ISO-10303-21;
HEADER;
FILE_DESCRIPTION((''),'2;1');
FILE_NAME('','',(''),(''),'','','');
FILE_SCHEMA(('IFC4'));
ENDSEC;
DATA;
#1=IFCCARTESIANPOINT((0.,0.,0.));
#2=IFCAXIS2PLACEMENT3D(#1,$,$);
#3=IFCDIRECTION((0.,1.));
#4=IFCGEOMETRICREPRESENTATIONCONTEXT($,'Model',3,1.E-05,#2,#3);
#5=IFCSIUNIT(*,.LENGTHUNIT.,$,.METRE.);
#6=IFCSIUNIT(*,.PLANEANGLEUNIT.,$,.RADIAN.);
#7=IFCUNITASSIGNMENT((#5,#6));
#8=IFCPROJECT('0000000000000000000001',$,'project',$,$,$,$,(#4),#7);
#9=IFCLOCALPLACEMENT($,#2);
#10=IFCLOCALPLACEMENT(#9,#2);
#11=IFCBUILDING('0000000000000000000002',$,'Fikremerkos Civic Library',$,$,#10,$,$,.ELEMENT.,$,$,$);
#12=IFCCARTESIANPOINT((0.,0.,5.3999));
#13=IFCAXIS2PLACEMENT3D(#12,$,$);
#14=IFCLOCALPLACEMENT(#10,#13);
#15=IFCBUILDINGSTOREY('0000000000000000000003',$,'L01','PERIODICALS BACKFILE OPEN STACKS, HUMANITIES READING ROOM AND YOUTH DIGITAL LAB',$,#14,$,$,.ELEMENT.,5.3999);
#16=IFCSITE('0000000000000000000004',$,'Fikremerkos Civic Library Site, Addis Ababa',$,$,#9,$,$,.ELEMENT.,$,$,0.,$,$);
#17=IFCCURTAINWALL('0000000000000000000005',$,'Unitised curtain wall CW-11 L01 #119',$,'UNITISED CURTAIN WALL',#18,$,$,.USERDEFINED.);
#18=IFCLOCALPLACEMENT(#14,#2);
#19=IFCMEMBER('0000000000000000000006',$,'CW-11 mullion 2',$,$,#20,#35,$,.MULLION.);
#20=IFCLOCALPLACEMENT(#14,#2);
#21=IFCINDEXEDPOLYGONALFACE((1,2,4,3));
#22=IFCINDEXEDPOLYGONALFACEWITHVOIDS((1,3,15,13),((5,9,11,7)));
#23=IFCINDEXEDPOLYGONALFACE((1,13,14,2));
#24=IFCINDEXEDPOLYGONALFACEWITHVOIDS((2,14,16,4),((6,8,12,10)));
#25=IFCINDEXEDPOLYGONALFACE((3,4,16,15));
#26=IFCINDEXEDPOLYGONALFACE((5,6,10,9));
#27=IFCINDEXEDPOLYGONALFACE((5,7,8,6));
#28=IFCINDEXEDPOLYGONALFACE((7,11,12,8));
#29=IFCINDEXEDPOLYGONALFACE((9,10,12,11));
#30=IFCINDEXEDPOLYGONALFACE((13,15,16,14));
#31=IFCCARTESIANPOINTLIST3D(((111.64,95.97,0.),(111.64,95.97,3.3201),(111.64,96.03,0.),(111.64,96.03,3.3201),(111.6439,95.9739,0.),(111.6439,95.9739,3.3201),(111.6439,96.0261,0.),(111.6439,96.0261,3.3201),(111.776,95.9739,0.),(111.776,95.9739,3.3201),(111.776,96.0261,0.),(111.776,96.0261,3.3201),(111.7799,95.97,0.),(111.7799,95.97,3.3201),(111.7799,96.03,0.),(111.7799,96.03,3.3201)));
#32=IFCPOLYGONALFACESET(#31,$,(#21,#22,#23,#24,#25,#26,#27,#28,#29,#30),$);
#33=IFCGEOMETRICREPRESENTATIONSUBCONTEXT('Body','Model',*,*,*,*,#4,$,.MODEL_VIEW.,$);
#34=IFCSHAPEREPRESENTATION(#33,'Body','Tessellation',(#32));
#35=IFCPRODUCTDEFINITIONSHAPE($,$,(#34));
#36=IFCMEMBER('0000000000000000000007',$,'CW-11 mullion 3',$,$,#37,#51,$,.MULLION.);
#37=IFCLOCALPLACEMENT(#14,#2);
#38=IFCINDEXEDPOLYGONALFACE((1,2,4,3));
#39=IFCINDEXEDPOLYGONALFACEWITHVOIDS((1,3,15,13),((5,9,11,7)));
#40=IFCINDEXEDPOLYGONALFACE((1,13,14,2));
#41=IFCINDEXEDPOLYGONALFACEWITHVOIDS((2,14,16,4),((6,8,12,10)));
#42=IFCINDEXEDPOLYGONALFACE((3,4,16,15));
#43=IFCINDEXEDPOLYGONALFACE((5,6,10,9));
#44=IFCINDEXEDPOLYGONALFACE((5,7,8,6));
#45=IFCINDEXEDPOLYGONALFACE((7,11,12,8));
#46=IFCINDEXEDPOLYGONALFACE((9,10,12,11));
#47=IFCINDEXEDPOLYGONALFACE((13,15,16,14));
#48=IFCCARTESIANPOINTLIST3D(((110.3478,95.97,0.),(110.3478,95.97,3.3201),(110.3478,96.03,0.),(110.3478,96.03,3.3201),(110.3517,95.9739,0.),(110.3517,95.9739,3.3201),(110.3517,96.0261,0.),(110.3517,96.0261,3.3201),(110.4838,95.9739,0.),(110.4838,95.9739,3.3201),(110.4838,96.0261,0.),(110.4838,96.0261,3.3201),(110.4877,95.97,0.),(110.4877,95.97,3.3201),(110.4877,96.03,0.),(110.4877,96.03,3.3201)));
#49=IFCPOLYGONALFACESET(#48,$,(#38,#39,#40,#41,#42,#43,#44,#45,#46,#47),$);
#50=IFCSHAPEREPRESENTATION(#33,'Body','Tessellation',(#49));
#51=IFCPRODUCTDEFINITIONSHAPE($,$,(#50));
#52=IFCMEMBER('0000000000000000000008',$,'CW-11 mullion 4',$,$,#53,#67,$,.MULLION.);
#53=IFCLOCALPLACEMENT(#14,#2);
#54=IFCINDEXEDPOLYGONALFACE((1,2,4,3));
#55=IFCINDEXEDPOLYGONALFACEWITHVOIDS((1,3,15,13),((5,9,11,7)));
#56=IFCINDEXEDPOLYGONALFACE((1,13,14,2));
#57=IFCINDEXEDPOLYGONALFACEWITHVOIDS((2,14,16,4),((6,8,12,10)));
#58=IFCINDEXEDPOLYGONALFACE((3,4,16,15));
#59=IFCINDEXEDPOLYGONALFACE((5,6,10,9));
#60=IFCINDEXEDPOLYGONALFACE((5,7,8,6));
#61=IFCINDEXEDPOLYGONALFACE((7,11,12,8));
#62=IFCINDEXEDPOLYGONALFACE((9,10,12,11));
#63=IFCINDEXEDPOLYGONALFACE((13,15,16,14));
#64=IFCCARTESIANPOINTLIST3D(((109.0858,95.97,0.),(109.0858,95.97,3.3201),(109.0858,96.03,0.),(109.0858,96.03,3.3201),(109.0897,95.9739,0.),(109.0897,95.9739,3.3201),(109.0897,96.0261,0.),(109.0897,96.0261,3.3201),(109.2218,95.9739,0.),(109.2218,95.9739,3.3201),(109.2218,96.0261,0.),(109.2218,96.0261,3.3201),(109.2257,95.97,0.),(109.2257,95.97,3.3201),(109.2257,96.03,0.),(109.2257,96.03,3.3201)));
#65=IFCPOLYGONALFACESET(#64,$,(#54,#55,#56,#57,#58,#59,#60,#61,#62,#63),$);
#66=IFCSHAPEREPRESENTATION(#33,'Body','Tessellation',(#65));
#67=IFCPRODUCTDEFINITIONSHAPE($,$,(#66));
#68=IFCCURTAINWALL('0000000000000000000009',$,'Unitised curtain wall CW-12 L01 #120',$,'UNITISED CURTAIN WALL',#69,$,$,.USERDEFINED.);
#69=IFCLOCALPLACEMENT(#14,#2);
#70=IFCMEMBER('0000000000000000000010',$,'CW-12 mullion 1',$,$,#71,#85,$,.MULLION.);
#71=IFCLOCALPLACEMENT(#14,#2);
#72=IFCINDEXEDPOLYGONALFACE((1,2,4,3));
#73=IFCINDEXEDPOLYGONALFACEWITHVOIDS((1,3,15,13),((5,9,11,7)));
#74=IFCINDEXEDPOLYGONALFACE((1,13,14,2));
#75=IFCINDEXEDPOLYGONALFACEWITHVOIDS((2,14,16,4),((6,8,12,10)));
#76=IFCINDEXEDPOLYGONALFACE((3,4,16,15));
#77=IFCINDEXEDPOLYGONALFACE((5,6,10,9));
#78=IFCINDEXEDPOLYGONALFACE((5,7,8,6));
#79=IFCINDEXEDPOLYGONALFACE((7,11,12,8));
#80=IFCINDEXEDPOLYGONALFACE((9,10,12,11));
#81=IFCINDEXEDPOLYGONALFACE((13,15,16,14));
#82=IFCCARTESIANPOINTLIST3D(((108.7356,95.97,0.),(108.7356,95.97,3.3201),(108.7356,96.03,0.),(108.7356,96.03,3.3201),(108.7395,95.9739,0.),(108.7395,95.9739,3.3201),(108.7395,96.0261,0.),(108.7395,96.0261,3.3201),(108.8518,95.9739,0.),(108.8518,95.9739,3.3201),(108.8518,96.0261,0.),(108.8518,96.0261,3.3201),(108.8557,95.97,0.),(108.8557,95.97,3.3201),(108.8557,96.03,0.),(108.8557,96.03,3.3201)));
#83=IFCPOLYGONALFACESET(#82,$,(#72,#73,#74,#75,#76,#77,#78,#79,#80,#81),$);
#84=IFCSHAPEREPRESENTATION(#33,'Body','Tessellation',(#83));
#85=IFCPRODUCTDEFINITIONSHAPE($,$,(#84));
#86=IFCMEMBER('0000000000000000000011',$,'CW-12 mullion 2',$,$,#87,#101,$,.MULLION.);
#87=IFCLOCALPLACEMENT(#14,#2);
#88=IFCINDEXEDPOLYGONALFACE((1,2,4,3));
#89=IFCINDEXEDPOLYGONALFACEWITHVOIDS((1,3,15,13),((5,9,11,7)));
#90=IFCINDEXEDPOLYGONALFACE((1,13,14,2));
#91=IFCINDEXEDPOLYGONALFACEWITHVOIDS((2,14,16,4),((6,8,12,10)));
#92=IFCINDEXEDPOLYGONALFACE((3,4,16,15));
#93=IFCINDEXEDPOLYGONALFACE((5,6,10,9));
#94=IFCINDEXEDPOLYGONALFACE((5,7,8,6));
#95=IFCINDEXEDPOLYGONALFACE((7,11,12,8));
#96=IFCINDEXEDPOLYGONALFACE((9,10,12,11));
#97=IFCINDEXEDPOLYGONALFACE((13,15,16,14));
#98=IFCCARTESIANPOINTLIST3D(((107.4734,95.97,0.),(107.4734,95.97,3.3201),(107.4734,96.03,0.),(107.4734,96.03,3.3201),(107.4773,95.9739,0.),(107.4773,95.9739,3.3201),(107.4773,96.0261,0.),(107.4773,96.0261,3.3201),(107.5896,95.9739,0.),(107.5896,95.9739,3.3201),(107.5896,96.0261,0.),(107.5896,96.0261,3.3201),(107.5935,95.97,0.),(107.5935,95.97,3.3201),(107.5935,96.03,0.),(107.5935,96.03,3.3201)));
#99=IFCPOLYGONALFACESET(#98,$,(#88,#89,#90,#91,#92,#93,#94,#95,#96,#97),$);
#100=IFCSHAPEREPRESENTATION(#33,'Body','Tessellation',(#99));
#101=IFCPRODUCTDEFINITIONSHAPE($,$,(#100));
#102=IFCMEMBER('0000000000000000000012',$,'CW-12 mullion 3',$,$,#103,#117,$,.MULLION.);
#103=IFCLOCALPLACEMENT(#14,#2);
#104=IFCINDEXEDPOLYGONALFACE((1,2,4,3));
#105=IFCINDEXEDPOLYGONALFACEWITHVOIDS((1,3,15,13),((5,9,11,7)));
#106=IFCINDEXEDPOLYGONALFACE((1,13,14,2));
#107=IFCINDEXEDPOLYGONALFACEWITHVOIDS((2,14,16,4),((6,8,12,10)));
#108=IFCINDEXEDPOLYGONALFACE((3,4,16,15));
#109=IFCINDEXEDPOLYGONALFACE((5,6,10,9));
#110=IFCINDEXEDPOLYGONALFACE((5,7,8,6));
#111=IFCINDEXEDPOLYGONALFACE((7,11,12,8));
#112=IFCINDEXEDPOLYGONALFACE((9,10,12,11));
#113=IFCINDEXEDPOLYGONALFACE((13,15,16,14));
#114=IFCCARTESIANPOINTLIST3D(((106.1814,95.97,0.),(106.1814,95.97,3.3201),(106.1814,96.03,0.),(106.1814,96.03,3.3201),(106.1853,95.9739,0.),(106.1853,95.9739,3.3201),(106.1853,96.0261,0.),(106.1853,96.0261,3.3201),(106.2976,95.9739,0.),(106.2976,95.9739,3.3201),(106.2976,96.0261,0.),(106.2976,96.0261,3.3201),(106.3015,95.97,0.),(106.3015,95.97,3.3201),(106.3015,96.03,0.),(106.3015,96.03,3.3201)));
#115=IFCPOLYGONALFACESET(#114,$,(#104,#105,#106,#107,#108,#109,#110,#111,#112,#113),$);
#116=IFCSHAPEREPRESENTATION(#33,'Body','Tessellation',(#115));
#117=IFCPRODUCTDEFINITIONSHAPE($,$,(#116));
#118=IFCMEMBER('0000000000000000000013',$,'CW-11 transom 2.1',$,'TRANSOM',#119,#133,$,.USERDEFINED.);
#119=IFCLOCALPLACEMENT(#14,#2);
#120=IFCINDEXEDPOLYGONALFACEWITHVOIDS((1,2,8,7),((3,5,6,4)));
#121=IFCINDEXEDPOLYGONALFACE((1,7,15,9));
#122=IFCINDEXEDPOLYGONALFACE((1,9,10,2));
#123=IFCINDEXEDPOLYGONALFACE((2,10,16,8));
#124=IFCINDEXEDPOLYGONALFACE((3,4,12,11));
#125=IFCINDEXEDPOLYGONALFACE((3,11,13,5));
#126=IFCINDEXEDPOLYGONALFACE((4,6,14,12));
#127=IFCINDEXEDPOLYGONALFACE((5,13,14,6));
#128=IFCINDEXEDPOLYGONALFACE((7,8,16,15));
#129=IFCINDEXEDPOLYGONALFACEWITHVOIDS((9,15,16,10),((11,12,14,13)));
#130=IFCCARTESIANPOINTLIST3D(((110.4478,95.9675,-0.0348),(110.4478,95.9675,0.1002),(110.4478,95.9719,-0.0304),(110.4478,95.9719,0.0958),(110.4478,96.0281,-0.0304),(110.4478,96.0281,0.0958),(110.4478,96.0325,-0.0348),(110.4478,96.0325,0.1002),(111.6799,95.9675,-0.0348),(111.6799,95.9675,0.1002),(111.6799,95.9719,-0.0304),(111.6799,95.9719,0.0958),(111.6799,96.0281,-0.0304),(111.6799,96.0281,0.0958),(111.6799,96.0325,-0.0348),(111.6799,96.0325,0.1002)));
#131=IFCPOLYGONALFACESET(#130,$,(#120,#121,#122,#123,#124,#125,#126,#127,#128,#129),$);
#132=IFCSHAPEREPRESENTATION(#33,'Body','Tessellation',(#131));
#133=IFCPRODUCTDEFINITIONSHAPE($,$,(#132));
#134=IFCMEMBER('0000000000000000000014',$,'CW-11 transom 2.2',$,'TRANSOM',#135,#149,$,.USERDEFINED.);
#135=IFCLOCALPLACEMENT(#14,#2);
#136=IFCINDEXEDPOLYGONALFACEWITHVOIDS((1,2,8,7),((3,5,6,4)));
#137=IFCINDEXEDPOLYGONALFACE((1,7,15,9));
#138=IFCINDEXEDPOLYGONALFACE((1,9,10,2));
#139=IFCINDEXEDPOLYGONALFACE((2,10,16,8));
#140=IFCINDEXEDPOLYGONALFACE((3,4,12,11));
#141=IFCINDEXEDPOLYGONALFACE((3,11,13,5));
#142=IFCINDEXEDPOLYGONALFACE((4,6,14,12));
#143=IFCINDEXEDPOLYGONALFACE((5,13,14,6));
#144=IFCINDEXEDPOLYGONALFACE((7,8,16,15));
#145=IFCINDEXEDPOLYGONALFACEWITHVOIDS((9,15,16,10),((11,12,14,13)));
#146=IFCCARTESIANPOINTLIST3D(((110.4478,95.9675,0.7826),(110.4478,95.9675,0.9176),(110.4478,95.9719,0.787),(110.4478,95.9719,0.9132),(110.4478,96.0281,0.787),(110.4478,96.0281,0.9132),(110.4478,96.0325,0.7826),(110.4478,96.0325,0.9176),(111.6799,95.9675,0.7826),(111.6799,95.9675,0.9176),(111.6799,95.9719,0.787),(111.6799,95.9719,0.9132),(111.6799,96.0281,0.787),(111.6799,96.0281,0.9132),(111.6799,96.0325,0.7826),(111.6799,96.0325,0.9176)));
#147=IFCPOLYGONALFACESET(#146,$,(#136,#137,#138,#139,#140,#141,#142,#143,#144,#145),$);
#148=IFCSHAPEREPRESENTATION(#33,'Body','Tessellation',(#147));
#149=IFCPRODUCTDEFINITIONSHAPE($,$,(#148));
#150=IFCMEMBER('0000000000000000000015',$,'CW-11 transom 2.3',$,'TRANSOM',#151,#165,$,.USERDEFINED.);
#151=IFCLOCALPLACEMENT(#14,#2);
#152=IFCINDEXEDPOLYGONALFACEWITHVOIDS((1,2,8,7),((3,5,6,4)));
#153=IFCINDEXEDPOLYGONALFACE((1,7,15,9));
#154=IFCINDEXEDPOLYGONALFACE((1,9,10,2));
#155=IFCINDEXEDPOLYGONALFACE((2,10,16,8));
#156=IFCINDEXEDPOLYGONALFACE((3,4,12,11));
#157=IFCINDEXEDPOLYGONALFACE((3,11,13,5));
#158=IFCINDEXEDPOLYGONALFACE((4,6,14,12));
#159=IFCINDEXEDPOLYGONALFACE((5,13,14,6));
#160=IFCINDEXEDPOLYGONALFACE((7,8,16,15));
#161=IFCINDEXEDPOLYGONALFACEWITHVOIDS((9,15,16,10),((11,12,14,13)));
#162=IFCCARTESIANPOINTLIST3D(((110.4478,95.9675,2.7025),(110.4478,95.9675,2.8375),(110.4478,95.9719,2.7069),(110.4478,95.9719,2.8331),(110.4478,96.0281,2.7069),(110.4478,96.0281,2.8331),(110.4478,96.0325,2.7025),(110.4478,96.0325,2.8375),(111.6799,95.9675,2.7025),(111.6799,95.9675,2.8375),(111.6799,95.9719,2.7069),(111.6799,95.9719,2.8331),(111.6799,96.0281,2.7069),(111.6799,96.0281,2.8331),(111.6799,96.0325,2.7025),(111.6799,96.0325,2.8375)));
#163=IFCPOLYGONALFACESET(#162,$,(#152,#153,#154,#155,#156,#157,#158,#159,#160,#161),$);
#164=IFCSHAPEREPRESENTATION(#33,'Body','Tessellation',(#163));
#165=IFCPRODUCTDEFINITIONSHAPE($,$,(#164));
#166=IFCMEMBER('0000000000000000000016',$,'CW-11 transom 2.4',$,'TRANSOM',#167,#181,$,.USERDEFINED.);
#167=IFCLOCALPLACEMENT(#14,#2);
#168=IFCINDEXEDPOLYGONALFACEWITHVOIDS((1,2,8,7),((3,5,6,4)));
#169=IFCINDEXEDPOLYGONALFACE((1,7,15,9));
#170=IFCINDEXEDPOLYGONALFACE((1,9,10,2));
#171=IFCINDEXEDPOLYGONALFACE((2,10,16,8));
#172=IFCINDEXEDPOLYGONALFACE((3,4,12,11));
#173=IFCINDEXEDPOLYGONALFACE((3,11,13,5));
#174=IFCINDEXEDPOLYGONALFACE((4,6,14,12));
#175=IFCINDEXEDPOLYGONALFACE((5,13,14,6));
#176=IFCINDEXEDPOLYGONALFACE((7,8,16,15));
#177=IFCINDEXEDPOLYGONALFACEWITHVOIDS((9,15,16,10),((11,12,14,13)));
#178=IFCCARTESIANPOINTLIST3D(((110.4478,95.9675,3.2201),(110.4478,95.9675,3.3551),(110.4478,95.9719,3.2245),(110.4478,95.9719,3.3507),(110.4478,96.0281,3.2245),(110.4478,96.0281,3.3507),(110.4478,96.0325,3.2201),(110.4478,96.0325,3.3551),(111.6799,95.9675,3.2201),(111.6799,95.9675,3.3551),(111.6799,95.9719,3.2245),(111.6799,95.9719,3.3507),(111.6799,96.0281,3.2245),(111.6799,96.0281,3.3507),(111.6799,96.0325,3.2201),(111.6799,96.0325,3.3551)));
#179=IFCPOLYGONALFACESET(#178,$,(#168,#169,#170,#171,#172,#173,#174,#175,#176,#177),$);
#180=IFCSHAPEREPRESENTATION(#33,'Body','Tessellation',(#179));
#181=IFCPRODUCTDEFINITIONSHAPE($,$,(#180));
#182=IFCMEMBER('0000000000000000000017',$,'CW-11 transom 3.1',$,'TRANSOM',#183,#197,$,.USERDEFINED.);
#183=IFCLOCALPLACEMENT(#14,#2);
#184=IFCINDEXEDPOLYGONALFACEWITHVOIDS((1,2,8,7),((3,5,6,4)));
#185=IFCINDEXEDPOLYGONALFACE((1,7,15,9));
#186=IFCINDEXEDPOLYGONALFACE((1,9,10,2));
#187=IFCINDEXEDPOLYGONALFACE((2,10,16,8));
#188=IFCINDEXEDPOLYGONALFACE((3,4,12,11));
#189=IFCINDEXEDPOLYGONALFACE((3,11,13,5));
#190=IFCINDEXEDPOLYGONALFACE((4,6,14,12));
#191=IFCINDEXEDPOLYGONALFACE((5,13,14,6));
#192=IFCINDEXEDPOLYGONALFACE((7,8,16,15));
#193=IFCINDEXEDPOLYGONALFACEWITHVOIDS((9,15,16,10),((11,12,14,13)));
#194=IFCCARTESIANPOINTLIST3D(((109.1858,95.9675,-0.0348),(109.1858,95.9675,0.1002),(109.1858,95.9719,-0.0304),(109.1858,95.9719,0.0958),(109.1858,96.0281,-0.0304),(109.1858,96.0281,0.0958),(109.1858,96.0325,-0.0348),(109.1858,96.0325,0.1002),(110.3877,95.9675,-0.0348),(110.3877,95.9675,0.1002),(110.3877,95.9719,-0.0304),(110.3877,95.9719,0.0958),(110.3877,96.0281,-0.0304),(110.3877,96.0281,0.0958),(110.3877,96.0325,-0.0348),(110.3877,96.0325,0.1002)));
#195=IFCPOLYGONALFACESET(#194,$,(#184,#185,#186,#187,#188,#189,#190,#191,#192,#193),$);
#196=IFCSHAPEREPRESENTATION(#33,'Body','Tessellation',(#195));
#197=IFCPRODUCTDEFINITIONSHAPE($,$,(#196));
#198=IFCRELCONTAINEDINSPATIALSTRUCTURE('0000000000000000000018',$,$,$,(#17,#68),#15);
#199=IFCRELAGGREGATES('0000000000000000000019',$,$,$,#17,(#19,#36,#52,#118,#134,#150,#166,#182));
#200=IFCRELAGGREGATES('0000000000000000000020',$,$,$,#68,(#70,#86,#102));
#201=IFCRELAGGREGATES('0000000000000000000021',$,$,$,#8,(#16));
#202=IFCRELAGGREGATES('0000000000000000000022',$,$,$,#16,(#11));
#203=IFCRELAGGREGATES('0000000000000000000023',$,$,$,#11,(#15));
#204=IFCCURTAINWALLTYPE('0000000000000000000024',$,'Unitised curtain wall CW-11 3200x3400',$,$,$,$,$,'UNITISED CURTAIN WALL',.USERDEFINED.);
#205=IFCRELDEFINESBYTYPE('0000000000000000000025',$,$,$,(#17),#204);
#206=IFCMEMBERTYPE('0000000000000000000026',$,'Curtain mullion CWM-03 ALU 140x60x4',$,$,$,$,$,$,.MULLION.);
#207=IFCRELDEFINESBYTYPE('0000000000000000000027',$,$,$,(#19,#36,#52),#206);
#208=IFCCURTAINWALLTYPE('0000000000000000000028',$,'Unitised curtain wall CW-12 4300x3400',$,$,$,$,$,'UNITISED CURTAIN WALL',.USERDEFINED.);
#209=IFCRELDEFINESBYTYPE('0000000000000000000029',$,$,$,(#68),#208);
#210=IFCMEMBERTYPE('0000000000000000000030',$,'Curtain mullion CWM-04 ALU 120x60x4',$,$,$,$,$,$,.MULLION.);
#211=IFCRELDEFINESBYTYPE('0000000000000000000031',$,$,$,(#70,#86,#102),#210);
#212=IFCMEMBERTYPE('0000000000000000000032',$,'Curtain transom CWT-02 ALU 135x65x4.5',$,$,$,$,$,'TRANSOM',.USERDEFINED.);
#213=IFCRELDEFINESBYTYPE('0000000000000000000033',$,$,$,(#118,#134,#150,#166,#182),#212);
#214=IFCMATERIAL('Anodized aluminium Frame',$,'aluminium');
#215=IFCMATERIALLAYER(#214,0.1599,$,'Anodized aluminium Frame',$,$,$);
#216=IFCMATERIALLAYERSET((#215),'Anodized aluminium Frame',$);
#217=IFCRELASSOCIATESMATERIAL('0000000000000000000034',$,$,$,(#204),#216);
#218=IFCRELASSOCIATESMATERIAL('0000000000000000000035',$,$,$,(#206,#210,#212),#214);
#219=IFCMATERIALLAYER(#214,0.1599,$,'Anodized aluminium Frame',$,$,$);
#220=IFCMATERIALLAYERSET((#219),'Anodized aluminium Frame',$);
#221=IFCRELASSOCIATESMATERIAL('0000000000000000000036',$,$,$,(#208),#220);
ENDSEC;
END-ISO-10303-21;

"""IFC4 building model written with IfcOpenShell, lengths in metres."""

from ifc_helpers import new_model, si_unit, direction, frame, origin, origin_2d, place, context, subcontext, project, spatial, hollow_rectangle, extrude, material, layer, layer_set, material_profile, profile_set, type_object, element, aggregate, save


model = new_model("IFC4")

# Units and contexts
model_context = context("Model", 3, precision=1e-05, world=origin(), true_north=direction((0.0, 1.0)))
body_context = subcontext(model_context, "Body", "Model", "MODEL_VIEW")
ifc_project = project(units=[si_unit("LENGTHUNIT", "METRE"), si_unit("PLANEANGLEUNIT", "RADIAN")], contexts=[model_context])

# Site, building, storey
site_placement = place(None, origin())
site = spatial("IfcSite", under=ifc_project, at=site_placement, Name="Fikremerkos Civic Library Site, Addis Ababa", CompositionType="ELEMENT", RefElevation=0.0)
building_placement = place(site_placement, origin())
building = spatial("IfcBuilding", under=site, at=building_placement, Name="Fikremerkos Civic Library", CompositionType="ELEMENT")
storey_placement = place(building_placement, frame((0.0, 0.0, 5.3999)))
storey = spatial("IfcBuildingStorey", under=building, at=storey_placement, Name="L01", Description="PERIODICALS BACKFILE OPEN STACKS, HUMANITIES READING ROOM AND YOUTH DIGITAL LAB", CompositionType="ELEMENT", Elevation=5.3999)

# Curtain walls, members
ifc_material_1 = material(Name="Anodized aluminium Frame", Category="aluminium")
ifc_layer_1 = layer(ifc_material_1, 0.1599, Name="Anodized aluminium Frame")
ifc_layer_set_1 = layer_set([ifc_layer_1], Name="Anodized aluminium Frame")
curtain_wall_type_1 = type_object("IfcCurtainWallType", Name="Unitised curtain wall CW-11 3200x3400", ElementType="UNITISED CURTAIN WALL", PredefinedType="USERDEFINED", material=ifc_layer_set_1)
curtain_wall_1_placement = place(storey_placement, origin())
curtain_wall_1 = element("IfcCurtainWall", 1, at=curtain_wall_1_placement, inside=storey, type_object=curtain_wall_type_1, Name="Unitised curtain wall CW-11 L01 #119", ObjectType="UNITISED CURTAIN WALL", PredefinedType="USERDEFINED")
ifc_material_profile_1 = material_profile(ifc_material_1, hollow_rectangle(XDim=0.0601, YDim=0.1399, WallThickness=0.0039, at=origin_2d()), Name="ALU 140x60x4")
ifc_profile_set_1 = profile_set([ifc_material_profile_1], Name="Anodized aluminium Frame")
member_type_1 = type_object("IfcMemberType", Name="Curtain mullion CWM-03 ALU 140x60x4", PredefinedType="MULLION", material=ifc_profile_set_1)
member_1_placement = place(storey_placement, frame((111.71, 96.0, 0.0), z_axis=(0.0, 0.0, 1.0), x_axis=(0.0, -1.0, 0.0)))
member_1 = element("IfcMember", 2, at=member_1_placement, type_object=member_type_1, Name="CW-11 mullion 2", PredefinedType="MULLION", context=body_context, shape_type="SweptSolid", body=[
    extrude(hollow_rectangle(XDim=0.0601, YDim=0.1399, WallThickness=0.0039, at=origin_2d()), origin(), (0.0, 0.0, 1.0), 3.3201),
])
member_2_placement = place(storey_placement, frame((110.4177, 96.0, 0.0), z_axis=(0.0, 0.0, 1.0), x_axis=(0.0, -1.0, 0.0)))
member_2 = element("IfcMember", 3, at=member_2_placement, type_object=member_type_1, Name="CW-11 mullion 3", PredefinedType="MULLION", context=body_context, shape_type="SweptSolid", body=[
    extrude(hollow_rectangle(XDim=0.0601, YDim=0.1399, WallThickness=0.0039, at=origin_2d()), origin(), (0.0, 0.0, 1.0), 3.3201),
])
member_3_placement = place(storey_placement, frame((109.1558, 96.0, 0.0), z_axis=(0.0, 0.0, 1.0), x_axis=(0.0, -1.0, 0.0)))
member_3 = element("IfcMember", 4, at=member_3_placement, type_object=member_type_1, Name="CW-11 mullion 4", PredefinedType="MULLION", context=body_context, shape_type="SweptSolid", body=[
    extrude(hollow_rectangle(XDim=0.0601, YDim=0.1399, WallThickness=0.0039, at=origin_2d()), origin(), (0.0, 0.0, 1.0), 3.3201),
])
ifc_layer_2 = layer(ifc_material_1, 0.1599, Name="Anodized aluminium Frame")
ifc_layer_set_2 = layer_set([ifc_layer_2], Name="Anodized aluminium Frame")
curtain_wall_type_2 = type_object("IfcCurtainWallType", Name="Unitised curtain wall CW-12 4300x3400", ElementType="UNITISED CURTAIN WALL", PredefinedType="USERDEFINED", material=ifc_layer_set_2)
curtain_wall_2_placement = place(storey_placement, origin())
curtain_wall_2 = element("IfcCurtainWall", 5, at=curtain_wall_2_placement, inside=storey, type_object=curtain_wall_type_2, Name="Unitised curtain wall CW-12 L01 #120", ObjectType="UNITISED CURTAIN WALL", PredefinedType="USERDEFINED")
ifc_material_profile_2 = material_profile(ifc_material_1, hollow_rectangle(XDim=0.0601, YDim=0.1201, WallThickness=0.0039, at=origin_2d()), Name="ALU 120x60x4")
ifc_profile_set_2 = profile_set([ifc_material_profile_2], Name="Anodized aluminium Frame")
member_type_2 = type_object("IfcMemberType", Name="Curtain mullion CWM-04 ALU 120x60x4", PredefinedType="MULLION", material=ifc_profile_set_2)
member_4_placement = place(storey_placement, frame((108.7957, 96.0, 0.0), z_axis=(0.0, 0.0, 1.0), x_axis=(0.0, -1.0, 0.0)))
member_4 = element("IfcMember", 6, at=member_4_placement, type_object=member_type_2, Name="CW-12 mullion 1", PredefinedType="MULLION", context=body_context, shape_type="SweptSolid", body=[
    extrude(hollow_rectangle(XDim=0.0601, YDim=0.1201, WallThickness=0.0039, at=origin_2d()), origin(), (0.0, 0.0, 1.0), 3.3201),
])
member_5_placement = place(storey_placement, frame((107.5334, 96.0, 0.0), z_axis=(0.0, 0.0, 1.0), x_axis=(0.0, -1.0, 0.0)))
member_5 = element("IfcMember", 7, at=member_5_placement, type_object=member_type_2, Name="CW-12 mullion 2", PredefinedType="MULLION", context=body_context, shape_type="SweptSolid", body=[
    extrude(hollow_rectangle(XDim=0.0601, YDim=0.1201, WallThickness=0.0039, at=origin_2d()), origin(), (0.0, 0.0, 1.0), 3.3201),
])
member_6_placement = place(storey_placement, frame((106.2415, 96.0, 0.0), z_axis=(0.0, 0.0, 1.0), x_axis=(0.0, -1.0, 0.0)))
member_6 = element("IfcMember", 8, at=member_6_placement, type_object=member_type_2, Name="CW-12 mullion 3", PredefinedType="MULLION", context=body_context, shape_type="SweptSolid", body=[
    extrude(hollow_rectangle(XDim=0.0601, YDim=0.1201, WallThickness=0.0039, at=origin_2d()), origin(), (0.0, 0.0, 1.0), 3.3201),
])

# Members
ifc_material_profile_3 = material_profile(ifc_material_1, hollow_rectangle(XDim=0.0649, YDim=0.135, WallThickness=0.0044, at=origin_2d()), Name="ALU 135x65x4.5")
ifc_profile_set_3 = profile_set([ifc_material_profile_3], Name="Anodized aluminium Frame")
member_type_3 = type_object("IfcMemberType", Name="Curtain transom CWT-02 ALU 135x65x4.5", ElementType="TRANSOM", PredefinedType="USERDEFINED", material=ifc_profile_set_3)
member_7_placement = place(storey_placement, frame((111.6799, 96.0, 0.0327), z_axis=(-1.0, 0.0, 0.0), x_axis=(0.0, -1.0, 0.0)))
member_7 = element("IfcMember", 9, at=member_7_placement, type_object=member_type_3, Name="CW-11 transom 2.1", ObjectType="TRANSOM", PredefinedType="USERDEFINED", context=body_context, shape_type="SweptSolid", body=[
    extrude(hollow_rectangle(XDim=0.0649, YDim=0.135, WallThickness=0.0044, at=origin_2d()), origin(), (0.0, 0.0, 1.0), 1.2322),
])
member_8_placement = place(storey_placement, frame((111.6799, 96.0, 0.8501), z_axis=(-1.0, 0.0, 0.0), x_axis=(0.0, -1.0, 0.0)))
member_8 = element("IfcMember", 10, at=member_8_placement, type_object=member_type_3, Name="CW-11 transom 2.2", ObjectType="TRANSOM", PredefinedType="USERDEFINED", context=body_context, shape_type="SweptSolid", body=[
    extrude(hollow_rectangle(XDim=0.0649, YDim=0.135, WallThickness=0.0044, at=origin_2d()), origin(), (0.0, 0.0, 1.0), 1.2322),
])
member_9_placement = place(storey_placement, frame((111.6799, 96.0, 2.77), z_axis=(-1.0, 0.0, 0.0), x_axis=(0.0, -1.0, 0.0)))
member_9 = element("IfcMember", 11, at=member_9_placement, type_object=member_type_3, Name="CW-11 transom 2.3", ObjectType="TRANSOM", PredefinedType="USERDEFINED", context=body_context, shape_type="SweptSolid", body=[
    extrude(hollow_rectangle(XDim=0.0649, YDim=0.135, WallThickness=0.0044, at=origin_2d()), origin(), (0.0, 0.0, 1.0), 1.2322),
])
member_10_placement = place(storey_placement, frame((111.6799, 96.0, 3.2876), z_axis=(-1.0, 0.0, 0.0), x_axis=(0.0, -1.0, 0.0)))
member_10 = element("IfcMember", 12, at=member_10_placement, type_object=member_type_3, Name="CW-11 transom 2.4", ObjectType="TRANSOM", PredefinedType="USERDEFINED", context=body_context, shape_type="SweptSolid", body=[
    extrude(hollow_rectangle(XDim=0.0649, YDim=0.135, WallThickness=0.0044, at=origin_2d()), origin(), (0.0, 0.0, 1.0), 1.2322),
])
member_11_placement = place(storey_placement, frame((110.3877, 96.0, 0.0327), z_axis=(-1.0, 0.0, 0.0), x_axis=(0.0, -1.0, 0.0)))
member_11 = element("IfcMember", 13, at=member_11_placement, type_object=member_type_3, Name="CW-11 transom 3.1", ObjectType="TRANSOM", PredefinedType="USERDEFINED", context=body_context, shape_type="SweptSolid", body=[
    extrude(hollow_rectangle(XDim=0.0649, YDim=0.135, WallThickness=0.0044, at=origin_2d()), origin(), (0.0, 0.0, 1.0), 1.2019),
])

aggregate(curtain_wall_1, [member_1, member_2, member_3, member_7, member_8, member_9, member_10, member_11])
aggregate(curtain_wall_2, [member_4, member_5, member_6])

save(model, "model.ifc")
